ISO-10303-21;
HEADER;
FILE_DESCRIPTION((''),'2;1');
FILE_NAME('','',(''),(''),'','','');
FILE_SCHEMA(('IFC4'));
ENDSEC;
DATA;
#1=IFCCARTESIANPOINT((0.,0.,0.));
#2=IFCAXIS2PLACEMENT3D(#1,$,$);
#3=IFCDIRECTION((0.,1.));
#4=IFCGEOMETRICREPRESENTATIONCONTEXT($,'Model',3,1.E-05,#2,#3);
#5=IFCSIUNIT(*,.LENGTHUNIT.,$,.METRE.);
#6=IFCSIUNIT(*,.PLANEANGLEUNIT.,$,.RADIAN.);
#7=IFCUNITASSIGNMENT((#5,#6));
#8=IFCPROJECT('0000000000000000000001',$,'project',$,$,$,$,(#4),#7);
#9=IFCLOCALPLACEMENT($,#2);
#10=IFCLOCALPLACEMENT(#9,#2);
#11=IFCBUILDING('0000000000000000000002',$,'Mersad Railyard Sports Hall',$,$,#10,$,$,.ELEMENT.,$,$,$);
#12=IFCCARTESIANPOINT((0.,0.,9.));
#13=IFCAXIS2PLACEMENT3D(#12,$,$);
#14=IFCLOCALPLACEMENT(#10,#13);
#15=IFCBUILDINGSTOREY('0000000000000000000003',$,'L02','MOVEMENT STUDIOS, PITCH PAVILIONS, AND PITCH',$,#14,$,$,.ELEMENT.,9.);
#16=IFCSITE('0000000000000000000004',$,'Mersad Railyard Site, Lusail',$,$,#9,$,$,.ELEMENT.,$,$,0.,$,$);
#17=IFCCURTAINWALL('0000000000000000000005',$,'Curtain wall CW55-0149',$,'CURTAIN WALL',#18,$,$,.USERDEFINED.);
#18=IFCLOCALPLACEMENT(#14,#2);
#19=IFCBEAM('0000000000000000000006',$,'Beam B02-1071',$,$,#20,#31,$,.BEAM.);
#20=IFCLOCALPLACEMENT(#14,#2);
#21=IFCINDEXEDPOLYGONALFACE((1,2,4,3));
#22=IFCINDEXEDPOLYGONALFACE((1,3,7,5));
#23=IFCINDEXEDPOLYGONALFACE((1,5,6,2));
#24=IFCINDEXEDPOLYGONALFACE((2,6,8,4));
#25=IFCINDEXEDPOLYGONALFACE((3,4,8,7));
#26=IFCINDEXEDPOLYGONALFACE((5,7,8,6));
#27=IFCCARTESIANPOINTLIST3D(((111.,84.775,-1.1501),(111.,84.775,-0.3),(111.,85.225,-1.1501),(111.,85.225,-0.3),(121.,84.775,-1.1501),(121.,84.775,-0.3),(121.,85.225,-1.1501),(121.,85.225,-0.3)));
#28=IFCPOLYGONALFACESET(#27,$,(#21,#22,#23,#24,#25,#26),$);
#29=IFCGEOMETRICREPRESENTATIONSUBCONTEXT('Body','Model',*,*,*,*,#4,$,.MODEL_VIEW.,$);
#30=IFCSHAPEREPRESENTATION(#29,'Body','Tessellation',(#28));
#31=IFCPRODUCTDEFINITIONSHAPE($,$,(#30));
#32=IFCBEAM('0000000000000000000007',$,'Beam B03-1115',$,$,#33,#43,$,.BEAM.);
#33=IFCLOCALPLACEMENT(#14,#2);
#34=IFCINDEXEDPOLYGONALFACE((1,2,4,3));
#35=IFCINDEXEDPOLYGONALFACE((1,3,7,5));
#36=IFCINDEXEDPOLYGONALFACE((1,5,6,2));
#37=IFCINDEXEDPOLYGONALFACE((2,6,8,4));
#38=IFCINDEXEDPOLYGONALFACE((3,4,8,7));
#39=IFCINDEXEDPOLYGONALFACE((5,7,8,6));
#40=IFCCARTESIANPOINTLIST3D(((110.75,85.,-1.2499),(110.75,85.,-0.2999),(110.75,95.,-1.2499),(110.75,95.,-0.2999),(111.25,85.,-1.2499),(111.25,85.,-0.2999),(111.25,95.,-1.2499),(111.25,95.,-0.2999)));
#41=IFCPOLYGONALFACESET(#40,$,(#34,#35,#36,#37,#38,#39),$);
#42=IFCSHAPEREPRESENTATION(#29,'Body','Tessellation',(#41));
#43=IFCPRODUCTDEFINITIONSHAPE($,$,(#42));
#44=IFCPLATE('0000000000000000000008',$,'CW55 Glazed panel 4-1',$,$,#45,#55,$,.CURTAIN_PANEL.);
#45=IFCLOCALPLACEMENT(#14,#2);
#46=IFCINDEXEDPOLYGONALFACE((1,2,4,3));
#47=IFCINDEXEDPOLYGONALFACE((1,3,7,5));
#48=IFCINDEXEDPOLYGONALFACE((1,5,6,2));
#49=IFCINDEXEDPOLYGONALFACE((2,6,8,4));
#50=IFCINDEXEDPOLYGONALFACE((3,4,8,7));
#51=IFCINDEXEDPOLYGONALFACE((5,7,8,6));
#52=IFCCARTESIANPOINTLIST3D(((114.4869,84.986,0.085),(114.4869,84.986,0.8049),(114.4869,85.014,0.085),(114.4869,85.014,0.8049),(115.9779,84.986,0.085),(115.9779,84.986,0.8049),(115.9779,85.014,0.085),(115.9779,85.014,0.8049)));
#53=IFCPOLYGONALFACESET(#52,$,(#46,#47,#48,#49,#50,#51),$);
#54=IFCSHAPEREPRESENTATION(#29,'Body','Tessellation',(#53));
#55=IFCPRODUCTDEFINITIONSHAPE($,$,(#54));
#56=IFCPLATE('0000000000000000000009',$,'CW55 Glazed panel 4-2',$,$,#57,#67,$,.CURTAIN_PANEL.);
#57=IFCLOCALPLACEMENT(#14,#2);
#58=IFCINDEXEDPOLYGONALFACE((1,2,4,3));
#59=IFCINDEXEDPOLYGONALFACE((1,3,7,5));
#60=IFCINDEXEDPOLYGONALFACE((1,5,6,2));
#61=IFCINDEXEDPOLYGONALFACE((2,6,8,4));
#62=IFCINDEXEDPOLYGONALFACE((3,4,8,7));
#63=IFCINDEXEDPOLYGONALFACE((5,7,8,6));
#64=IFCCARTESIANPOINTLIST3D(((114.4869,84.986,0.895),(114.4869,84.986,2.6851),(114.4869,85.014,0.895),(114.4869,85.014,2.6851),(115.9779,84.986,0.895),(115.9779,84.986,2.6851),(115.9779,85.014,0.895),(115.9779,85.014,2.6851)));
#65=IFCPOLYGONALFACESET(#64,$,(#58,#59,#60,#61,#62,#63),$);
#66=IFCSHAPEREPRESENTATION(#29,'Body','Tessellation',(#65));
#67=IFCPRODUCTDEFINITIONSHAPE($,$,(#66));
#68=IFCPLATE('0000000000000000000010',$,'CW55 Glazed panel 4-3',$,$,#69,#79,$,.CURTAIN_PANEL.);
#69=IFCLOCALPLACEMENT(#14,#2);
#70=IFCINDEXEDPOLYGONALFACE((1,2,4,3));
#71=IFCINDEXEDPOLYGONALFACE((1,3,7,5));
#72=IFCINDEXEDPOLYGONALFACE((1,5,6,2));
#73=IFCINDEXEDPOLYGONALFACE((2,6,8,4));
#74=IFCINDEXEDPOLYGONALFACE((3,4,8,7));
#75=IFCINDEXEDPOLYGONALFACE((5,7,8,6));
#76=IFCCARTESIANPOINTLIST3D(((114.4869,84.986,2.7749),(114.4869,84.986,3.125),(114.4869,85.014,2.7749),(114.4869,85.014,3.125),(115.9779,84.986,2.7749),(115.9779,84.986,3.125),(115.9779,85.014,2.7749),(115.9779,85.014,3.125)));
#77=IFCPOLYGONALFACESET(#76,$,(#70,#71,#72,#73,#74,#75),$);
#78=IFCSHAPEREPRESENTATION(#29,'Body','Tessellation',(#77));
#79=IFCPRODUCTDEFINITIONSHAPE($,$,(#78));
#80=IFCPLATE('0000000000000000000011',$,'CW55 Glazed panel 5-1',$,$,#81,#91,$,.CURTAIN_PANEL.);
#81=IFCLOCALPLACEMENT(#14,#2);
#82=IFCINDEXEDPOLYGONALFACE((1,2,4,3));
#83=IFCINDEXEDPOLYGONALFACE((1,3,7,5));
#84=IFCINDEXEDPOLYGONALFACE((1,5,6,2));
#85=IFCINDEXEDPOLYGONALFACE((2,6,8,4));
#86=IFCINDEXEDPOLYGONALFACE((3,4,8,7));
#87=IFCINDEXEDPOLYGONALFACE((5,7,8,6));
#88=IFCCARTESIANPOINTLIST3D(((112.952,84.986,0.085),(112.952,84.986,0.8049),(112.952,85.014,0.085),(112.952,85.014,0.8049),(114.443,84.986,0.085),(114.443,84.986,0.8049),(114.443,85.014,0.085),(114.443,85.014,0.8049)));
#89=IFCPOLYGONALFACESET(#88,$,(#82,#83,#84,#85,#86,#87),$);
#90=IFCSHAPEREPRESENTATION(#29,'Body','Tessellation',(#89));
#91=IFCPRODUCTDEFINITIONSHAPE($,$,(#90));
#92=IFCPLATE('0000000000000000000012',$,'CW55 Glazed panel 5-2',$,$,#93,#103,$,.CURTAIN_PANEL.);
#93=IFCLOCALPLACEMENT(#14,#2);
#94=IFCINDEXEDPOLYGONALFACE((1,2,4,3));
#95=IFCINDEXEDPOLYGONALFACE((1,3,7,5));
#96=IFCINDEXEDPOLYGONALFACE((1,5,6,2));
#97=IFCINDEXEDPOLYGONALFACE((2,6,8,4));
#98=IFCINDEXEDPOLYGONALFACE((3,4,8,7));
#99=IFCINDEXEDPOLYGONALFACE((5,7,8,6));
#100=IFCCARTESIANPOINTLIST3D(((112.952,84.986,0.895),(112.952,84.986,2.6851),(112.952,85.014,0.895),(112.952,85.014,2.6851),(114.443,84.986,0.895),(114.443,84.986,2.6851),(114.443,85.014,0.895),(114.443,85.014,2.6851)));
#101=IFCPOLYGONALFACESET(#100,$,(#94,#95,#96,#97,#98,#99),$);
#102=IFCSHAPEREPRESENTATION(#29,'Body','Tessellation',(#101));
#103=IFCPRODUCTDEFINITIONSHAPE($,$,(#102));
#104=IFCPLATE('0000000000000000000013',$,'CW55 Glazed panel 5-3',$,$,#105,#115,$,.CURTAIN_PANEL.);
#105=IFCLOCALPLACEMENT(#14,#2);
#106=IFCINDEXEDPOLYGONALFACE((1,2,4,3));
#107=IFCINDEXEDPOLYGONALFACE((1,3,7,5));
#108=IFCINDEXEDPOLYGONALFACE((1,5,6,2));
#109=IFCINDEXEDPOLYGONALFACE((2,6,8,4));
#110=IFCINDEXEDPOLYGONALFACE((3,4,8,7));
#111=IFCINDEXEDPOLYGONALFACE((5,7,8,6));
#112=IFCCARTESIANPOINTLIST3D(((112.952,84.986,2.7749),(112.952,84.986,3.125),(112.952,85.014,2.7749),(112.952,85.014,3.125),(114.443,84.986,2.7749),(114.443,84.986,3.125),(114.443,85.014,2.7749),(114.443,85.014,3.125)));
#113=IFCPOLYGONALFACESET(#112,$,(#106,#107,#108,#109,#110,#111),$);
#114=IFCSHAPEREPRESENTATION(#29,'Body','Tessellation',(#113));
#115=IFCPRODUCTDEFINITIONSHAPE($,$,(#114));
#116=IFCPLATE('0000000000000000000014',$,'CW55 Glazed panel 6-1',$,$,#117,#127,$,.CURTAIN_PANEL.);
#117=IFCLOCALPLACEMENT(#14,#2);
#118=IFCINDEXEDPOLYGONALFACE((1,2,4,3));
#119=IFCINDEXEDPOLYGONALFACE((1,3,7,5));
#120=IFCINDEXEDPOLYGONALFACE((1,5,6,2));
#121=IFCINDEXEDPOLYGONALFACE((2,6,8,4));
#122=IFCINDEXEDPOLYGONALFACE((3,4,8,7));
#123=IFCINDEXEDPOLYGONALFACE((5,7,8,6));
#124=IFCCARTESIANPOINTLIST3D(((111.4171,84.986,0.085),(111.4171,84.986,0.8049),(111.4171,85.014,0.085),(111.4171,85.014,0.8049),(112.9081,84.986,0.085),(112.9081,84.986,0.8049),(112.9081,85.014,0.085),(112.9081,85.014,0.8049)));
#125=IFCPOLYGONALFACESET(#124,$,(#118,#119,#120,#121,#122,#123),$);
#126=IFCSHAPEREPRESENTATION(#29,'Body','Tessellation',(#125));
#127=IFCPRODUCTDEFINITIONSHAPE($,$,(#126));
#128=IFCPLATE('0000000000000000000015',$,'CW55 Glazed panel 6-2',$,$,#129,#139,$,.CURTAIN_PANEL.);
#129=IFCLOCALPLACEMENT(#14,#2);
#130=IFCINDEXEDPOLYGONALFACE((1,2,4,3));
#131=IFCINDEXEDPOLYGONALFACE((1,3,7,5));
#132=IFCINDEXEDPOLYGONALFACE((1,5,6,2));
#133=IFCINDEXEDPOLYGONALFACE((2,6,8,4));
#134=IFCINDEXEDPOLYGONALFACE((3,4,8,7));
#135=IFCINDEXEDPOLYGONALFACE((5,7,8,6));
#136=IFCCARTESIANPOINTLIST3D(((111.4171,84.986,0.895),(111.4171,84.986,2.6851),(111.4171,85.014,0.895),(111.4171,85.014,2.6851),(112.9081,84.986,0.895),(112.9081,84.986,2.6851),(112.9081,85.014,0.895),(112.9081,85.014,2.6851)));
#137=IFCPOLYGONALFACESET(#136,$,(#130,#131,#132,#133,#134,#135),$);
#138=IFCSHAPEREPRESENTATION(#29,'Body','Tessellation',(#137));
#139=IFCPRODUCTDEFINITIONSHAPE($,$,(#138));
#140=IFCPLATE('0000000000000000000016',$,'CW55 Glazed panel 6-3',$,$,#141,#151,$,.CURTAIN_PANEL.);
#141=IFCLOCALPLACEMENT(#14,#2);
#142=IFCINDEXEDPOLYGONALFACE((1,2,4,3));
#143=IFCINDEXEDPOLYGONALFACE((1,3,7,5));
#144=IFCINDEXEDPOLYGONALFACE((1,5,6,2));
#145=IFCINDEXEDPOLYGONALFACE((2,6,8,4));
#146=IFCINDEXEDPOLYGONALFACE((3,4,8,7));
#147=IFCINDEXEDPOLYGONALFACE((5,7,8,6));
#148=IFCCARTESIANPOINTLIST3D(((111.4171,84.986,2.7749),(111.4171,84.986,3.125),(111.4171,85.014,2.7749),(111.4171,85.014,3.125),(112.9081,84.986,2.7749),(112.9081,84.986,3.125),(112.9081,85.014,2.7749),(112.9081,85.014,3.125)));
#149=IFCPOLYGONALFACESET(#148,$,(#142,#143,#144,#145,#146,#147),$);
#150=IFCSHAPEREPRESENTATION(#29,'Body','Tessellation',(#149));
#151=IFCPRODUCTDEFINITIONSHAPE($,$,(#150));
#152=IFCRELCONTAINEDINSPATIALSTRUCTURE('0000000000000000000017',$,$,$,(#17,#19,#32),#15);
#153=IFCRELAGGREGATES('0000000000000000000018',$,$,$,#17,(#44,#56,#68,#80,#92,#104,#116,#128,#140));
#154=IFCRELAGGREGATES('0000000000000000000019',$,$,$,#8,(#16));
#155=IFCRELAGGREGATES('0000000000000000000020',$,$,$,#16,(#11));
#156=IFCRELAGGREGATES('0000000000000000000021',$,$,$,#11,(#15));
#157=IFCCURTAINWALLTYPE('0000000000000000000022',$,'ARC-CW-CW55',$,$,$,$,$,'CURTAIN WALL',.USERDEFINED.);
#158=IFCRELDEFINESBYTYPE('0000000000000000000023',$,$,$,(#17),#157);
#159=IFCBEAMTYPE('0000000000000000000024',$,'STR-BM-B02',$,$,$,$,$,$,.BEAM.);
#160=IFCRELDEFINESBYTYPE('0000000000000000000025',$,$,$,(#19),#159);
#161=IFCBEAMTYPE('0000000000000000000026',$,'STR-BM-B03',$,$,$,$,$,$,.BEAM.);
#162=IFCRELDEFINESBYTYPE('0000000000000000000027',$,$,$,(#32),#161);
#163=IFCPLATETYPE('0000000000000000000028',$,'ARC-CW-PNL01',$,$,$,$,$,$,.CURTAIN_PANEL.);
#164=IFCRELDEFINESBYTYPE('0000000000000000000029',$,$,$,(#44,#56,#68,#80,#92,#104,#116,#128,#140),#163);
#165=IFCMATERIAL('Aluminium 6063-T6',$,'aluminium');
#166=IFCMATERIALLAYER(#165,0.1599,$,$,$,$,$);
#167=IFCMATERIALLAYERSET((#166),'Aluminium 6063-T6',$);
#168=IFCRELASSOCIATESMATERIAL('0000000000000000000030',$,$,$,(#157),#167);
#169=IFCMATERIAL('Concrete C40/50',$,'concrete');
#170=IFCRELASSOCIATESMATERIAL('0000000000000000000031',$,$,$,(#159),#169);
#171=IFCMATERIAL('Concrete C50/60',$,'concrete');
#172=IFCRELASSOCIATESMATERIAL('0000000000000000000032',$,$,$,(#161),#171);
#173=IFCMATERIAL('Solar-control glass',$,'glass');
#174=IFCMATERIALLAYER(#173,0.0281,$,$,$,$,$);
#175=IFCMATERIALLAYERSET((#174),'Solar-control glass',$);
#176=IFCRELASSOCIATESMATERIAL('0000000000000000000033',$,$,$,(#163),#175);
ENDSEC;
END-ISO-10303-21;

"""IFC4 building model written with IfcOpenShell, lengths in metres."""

from ifc_helpers import new_model, si_unit, direction, frame, origin, origin_2d, place, context, subcontext, project, spatial, rectangle, extrude, material, layer, layer_set, material_profile, profile_set, type_object, element, aggregate, save


model = new_model("IFC4")

# Units and contexts
model_context = context("Model", 3, precision=1e-05, world=origin(), true_north=direction((0.0, 1.0)))
body_context = subcontext(model_context, "Body", "Model", "MODEL_VIEW")
ifc_project = project(units=[si_unit("LENGTHUNIT", "METRE"), si_unit("PLANEANGLEUNIT", "RADIAN")], contexts=[model_context])

# Site, building, storey
site_placement = place(None, origin())
site = spatial("IfcSite", under=ifc_project, at=site_placement, Name="Mersad Railyard Site, Lusail", CompositionType="ELEMENT", RefElevation=0.0)
building_placement = place(site_placement, origin())
building = spatial("IfcBuilding", under=site, at=building_placement, Name="Mersad Railyard Sports Hall", CompositionType="ELEMENT")
storey_placement = place(building_placement, frame((0.0, 0.0, 9.0)))
storey = spatial("IfcBuildingStorey", under=building, at=storey_placement, Name="L02", Description="MOVEMENT STUDIOS, PITCH PAVILIONS, AND PITCH", CompositionType="ELEMENT", Elevation=9.0)

# Curtain wall
ifc_material_1 = material(Name="Aluminium 6063-T6", Category="aluminium")
ifc_layer_1 = layer(ifc_material_1, 0.1599)
ifc_layer_set_1 = layer_set([ifc_layer_1], Name="Aluminium 6063-T6")
curtain_wall_type = type_object("IfcCurtainWallType", Name="ARC-CW-CW55", ElementType="CURTAIN WALL", PredefinedType="USERDEFINED", material=ifc_layer_set_1)
curtain_wall_placement = place(storey_placement, origin())
curtain_wall = element("IfcCurtainWall", 1, at=curtain_wall_placement, inside=storey, type_object=curtain_wall_type, Name="Curtain wall CW55-0149", ObjectType="CURTAIN WALL", PredefinedType="USERDEFINED")

# Beams
ifc_material_2 = material(Name="Concrete C40/50", Category="concrete")
ifc_material_profile_1 = material_profile(ifc_material_2, rectangle(XDim=0.45, YDim=0.8501, at=origin_2d()), Name="RC 450x850")
ifc_profile_set_1 = profile_set([ifc_material_profile_1], Name="Concrete C40/50")
beam_type_1 = type_object("IfcBeamType", Name="STR-BM-B02", PredefinedType="BEAM", material=ifc_profile_set_1)
beam_1_placement = place(storey_placement, frame((111.0, 85.0, -0.7251), z_axis=(1.0, 0.0, 0.0), x_axis=(0.0, 1.0, 0.0)))
element("IfcBeam", 2, at=beam_1_placement, inside=storey, type_object=beam_type_1, Name="Beam B02-1071", PredefinedType="BEAM", context=body_context, shape_type="SweptSolid", body=[
    extrude(rectangle(XDim=0.45, YDim=0.8501, at=origin_2d()), origin(), (0.0, 0.0, 1.0), 10.0),
])
ifc_material_3 = material(Name="Concrete C50/60", Category="concrete")
ifc_material_profile_2 = material_profile(ifc_material_3, rectangle(XDim=0.5, YDim=0.95, at=origin_2d()), Name="RC 500x950")
ifc_profile_set_2 = profile_set([ifc_material_profile_2], Name="Concrete C50/60")
beam_type_2 = type_object("IfcBeamType", Name="STR-BM-B03", PredefinedType="BEAM", material=ifc_profile_set_2)
beam_2_placement = place(storey_placement, frame((111.0, 85.0, -0.7749), z_axis=(0.0, 1.0, 0.0), x_axis=(-1.0, 0.0, 0.0)))
element("IfcBeam", 3, at=beam_2_placement, inside=storey, type_object=beam_type_2, Name="Beam B03-1115", PredefinedType="BEAM", context=body_context, shape_type="SweptSolid", body=[
    extrude(rectangle(XDim=0.5, YDim=0.95, at=origin_2d()), origin(), (0.0, 0.0, 1.0), 10.0),
])

# Plates
ifc_material_4 = material(Name="Solar-control glass", Category="glass")
ifc_layer_2 = layer(ifc_material_4, 0.0281)
ifc_layer_set_2 = layer_set([ifc_layer_2], Name="Solar-control glass")
plate_type = type_object("IfcPlateType", Name="ARC-CW-PNL01", PredefinedType="CURTAIN_PANEL", material=ifc_layer_set_2)
plate_1_placement = place(storey_placement, frame((115.2324, 85.0, 0.085), z_axis=(0.0, 0.0, 1.0), x_axis=(-1.0, 0.0, 0.0)))
plate_1 = element("IfcPlate", 4, at=plate_1_placement, type_object=plate_type, Name="CW55 Glazed panel 4-1", PredefinedType="CURTAIN_PANEL", context=body_context, shape_type="SweptSolid", body=[
    extrude(rectangle(XDim=1.491, YDim=0.0281, at=origin_2d()), origin(), (0.0, 0.0, 1.0), 0.72),
])
plate_2_placement = place(storey_placement, frame((115.2324, 85.0, 0.895), z_axis=(0.0, 0.0, 1.0), x_axis=(-1.0, 0.0, 0.0)))
plate_2 = element("IfcPlate", 5, at=plate_2_placement, type_object=plate_type, Name="CW55 Glazed panel 4-2", PredefinedType="CURTAIN_PANEL", context=body_context, shape_type="SweptSolid", body=[
    extrude(rectangle(XDim=1.491, YDim=0.0281, at=origin_2d()), origin(), (0.0, 0.0, 1.0), 1.79),
])
plate_3_placement = place(storey_placement, frame((115.2324, 85.0, 2.7749), z_axis=(0.0, 0.0, 1.0), x_axis=(-1.0, 0.0, 0.0)))
plate_3 = element("IfcPlate", 6, at=plate_3_placement, type_object=plate_type, Name="CW55 Glazed panel 4-3", PredefinedType="CURTAIN_PANEL", context=body_context, shape_type="SweptSolid", body=[
    extrude(rectangle(XDim=1.491, YDim=0.0281, at=origin_2d()), origin(), (0.0, 0.0, 1.0), 0.3501),
])
plate_4_placement = place(storey_placement, frame((113.6975, 85.0, 0.085), z_axis=(0.0, 0.0, 1.0), x_axis=(-1.0, 0.0, 0.0)))
plate_4 = element("IfcPlate", 7, at=plate_4_placement, type_object=plate_type, Name="CW55 Glazed panel 5-1", PredefinedType="CURTAIN_PANEL", context=body_context, shape_type="SweptSolid", body=[
    extrude(rectangle(XDim=1.491, YDim=0.0281, at=origin_2d()), origin(), (0.0, 0.0, 1.0), 0.72),
])
plate_5_placement = place(storey_placement, frame((113.6975, 85.0, 0.895), z_axis=(0.0, 0.0, 1.0), x_axis=(-1.0, 0.0, 0.0)))
plate_5 = element("IfcPlate", 8, at=plate_5_placement, type_object=plate_type, Name="CW55 Glazed panel 5-2", PredefinedType="CURTAIN_PANEL", context=body_context, shape_type="SweptSolid", body=[
    extrude(rectangle(XDim=1.491, YDim=0.0281, at=origin_2d()), origin(), (0.0, 0.0, 1.0), 1.79),
])
plate_6_placement = place(storey_placement, frame((113.6975, 85.0, 2.7749), z_axis=(0.0, 0.0, 1.0), x_axis=(-1.0, 0.0, 0.0)))
plate_6 = element("IfcPlate", 9, at=plate_6_placement, type_object=plate_type, Name="CW55 Glazed panel 5-3", PredefinedType="CURTAIN_PANEL", context=body_context, shape_type="SweptSolid", body=[
    extrude(rectangle(XDim=1.491, YDim=0.0281, at=origin_2d()), origin(), (0.0, 0.0, 1.0), 0.3501),
])
plate_7_placement = place(storey_placement, frame((112.1626, 85.0, 0.085), z_axis=(0.0, 0.0, 1.0), x_axis=(-1.0, 0.0, 0.0)))
plate_7 = element("IfcPlate", 10, at=plate_7_placement, type_object=plate_type, Name="CW55 Glazed panel 6-1", PredefinedType="CURTAIN_PANEL", context=body_context, shape_type="SweptSolid", body=[
    extrude(rectangle(XDim=1.491, YDim=0.0281, at=origin_2d()), origin(), (0.0, 0.0, 1.0), 0.72),
])
plate_8_placement = place(storey_placement, frame((112.1626, 85.0, 0.895), z_axis=(0.0, 0.0, 1.0), x_axis=(-1.0, 0.0, 0.0)))
plate_8 = element("IfcPlate", 11, at=plate_8_placement, type_object=plate_type, Name="CW55 Glazed panel 6-2", PredefinedType="CURTAIN_PANEL", context=body_context, shape_type="SweptSolid", body=[
    extrude(rectangle(XDim=1.491, YDim=0.0281, at=origin_2d()), origin(), (0.0, 0.0, 1.0), 1.79),
])
plate_9_placement = place(storey_placement, frame((112.1626, 85.0, 2.7749), z_axis=(0.0, 0.0, 1.0), x_axis=(-1.0, 0.0, 0.0)))
plate_9 = element("IfcPlate", 12, at=plate_9_placement, type_object=plate_type, Name="CW55 Glazed panel 6-3", PredefinedType="CURTAIN_PANEL", context=body_context, shape_type="SweptSolid", body=[
    extrude(rectangle(XDim=1.491, YDim=0.0281, at=origin_2d()), origin(), (0.0, 0.0, 1.0), 0.3501),
])
aggregate(curtain_wall, [plate_1, plate_2, plate_3, plate_4, plate_5, plate_6, plate_7, plate_8, plate_9])

save(model, "model.ifc")
